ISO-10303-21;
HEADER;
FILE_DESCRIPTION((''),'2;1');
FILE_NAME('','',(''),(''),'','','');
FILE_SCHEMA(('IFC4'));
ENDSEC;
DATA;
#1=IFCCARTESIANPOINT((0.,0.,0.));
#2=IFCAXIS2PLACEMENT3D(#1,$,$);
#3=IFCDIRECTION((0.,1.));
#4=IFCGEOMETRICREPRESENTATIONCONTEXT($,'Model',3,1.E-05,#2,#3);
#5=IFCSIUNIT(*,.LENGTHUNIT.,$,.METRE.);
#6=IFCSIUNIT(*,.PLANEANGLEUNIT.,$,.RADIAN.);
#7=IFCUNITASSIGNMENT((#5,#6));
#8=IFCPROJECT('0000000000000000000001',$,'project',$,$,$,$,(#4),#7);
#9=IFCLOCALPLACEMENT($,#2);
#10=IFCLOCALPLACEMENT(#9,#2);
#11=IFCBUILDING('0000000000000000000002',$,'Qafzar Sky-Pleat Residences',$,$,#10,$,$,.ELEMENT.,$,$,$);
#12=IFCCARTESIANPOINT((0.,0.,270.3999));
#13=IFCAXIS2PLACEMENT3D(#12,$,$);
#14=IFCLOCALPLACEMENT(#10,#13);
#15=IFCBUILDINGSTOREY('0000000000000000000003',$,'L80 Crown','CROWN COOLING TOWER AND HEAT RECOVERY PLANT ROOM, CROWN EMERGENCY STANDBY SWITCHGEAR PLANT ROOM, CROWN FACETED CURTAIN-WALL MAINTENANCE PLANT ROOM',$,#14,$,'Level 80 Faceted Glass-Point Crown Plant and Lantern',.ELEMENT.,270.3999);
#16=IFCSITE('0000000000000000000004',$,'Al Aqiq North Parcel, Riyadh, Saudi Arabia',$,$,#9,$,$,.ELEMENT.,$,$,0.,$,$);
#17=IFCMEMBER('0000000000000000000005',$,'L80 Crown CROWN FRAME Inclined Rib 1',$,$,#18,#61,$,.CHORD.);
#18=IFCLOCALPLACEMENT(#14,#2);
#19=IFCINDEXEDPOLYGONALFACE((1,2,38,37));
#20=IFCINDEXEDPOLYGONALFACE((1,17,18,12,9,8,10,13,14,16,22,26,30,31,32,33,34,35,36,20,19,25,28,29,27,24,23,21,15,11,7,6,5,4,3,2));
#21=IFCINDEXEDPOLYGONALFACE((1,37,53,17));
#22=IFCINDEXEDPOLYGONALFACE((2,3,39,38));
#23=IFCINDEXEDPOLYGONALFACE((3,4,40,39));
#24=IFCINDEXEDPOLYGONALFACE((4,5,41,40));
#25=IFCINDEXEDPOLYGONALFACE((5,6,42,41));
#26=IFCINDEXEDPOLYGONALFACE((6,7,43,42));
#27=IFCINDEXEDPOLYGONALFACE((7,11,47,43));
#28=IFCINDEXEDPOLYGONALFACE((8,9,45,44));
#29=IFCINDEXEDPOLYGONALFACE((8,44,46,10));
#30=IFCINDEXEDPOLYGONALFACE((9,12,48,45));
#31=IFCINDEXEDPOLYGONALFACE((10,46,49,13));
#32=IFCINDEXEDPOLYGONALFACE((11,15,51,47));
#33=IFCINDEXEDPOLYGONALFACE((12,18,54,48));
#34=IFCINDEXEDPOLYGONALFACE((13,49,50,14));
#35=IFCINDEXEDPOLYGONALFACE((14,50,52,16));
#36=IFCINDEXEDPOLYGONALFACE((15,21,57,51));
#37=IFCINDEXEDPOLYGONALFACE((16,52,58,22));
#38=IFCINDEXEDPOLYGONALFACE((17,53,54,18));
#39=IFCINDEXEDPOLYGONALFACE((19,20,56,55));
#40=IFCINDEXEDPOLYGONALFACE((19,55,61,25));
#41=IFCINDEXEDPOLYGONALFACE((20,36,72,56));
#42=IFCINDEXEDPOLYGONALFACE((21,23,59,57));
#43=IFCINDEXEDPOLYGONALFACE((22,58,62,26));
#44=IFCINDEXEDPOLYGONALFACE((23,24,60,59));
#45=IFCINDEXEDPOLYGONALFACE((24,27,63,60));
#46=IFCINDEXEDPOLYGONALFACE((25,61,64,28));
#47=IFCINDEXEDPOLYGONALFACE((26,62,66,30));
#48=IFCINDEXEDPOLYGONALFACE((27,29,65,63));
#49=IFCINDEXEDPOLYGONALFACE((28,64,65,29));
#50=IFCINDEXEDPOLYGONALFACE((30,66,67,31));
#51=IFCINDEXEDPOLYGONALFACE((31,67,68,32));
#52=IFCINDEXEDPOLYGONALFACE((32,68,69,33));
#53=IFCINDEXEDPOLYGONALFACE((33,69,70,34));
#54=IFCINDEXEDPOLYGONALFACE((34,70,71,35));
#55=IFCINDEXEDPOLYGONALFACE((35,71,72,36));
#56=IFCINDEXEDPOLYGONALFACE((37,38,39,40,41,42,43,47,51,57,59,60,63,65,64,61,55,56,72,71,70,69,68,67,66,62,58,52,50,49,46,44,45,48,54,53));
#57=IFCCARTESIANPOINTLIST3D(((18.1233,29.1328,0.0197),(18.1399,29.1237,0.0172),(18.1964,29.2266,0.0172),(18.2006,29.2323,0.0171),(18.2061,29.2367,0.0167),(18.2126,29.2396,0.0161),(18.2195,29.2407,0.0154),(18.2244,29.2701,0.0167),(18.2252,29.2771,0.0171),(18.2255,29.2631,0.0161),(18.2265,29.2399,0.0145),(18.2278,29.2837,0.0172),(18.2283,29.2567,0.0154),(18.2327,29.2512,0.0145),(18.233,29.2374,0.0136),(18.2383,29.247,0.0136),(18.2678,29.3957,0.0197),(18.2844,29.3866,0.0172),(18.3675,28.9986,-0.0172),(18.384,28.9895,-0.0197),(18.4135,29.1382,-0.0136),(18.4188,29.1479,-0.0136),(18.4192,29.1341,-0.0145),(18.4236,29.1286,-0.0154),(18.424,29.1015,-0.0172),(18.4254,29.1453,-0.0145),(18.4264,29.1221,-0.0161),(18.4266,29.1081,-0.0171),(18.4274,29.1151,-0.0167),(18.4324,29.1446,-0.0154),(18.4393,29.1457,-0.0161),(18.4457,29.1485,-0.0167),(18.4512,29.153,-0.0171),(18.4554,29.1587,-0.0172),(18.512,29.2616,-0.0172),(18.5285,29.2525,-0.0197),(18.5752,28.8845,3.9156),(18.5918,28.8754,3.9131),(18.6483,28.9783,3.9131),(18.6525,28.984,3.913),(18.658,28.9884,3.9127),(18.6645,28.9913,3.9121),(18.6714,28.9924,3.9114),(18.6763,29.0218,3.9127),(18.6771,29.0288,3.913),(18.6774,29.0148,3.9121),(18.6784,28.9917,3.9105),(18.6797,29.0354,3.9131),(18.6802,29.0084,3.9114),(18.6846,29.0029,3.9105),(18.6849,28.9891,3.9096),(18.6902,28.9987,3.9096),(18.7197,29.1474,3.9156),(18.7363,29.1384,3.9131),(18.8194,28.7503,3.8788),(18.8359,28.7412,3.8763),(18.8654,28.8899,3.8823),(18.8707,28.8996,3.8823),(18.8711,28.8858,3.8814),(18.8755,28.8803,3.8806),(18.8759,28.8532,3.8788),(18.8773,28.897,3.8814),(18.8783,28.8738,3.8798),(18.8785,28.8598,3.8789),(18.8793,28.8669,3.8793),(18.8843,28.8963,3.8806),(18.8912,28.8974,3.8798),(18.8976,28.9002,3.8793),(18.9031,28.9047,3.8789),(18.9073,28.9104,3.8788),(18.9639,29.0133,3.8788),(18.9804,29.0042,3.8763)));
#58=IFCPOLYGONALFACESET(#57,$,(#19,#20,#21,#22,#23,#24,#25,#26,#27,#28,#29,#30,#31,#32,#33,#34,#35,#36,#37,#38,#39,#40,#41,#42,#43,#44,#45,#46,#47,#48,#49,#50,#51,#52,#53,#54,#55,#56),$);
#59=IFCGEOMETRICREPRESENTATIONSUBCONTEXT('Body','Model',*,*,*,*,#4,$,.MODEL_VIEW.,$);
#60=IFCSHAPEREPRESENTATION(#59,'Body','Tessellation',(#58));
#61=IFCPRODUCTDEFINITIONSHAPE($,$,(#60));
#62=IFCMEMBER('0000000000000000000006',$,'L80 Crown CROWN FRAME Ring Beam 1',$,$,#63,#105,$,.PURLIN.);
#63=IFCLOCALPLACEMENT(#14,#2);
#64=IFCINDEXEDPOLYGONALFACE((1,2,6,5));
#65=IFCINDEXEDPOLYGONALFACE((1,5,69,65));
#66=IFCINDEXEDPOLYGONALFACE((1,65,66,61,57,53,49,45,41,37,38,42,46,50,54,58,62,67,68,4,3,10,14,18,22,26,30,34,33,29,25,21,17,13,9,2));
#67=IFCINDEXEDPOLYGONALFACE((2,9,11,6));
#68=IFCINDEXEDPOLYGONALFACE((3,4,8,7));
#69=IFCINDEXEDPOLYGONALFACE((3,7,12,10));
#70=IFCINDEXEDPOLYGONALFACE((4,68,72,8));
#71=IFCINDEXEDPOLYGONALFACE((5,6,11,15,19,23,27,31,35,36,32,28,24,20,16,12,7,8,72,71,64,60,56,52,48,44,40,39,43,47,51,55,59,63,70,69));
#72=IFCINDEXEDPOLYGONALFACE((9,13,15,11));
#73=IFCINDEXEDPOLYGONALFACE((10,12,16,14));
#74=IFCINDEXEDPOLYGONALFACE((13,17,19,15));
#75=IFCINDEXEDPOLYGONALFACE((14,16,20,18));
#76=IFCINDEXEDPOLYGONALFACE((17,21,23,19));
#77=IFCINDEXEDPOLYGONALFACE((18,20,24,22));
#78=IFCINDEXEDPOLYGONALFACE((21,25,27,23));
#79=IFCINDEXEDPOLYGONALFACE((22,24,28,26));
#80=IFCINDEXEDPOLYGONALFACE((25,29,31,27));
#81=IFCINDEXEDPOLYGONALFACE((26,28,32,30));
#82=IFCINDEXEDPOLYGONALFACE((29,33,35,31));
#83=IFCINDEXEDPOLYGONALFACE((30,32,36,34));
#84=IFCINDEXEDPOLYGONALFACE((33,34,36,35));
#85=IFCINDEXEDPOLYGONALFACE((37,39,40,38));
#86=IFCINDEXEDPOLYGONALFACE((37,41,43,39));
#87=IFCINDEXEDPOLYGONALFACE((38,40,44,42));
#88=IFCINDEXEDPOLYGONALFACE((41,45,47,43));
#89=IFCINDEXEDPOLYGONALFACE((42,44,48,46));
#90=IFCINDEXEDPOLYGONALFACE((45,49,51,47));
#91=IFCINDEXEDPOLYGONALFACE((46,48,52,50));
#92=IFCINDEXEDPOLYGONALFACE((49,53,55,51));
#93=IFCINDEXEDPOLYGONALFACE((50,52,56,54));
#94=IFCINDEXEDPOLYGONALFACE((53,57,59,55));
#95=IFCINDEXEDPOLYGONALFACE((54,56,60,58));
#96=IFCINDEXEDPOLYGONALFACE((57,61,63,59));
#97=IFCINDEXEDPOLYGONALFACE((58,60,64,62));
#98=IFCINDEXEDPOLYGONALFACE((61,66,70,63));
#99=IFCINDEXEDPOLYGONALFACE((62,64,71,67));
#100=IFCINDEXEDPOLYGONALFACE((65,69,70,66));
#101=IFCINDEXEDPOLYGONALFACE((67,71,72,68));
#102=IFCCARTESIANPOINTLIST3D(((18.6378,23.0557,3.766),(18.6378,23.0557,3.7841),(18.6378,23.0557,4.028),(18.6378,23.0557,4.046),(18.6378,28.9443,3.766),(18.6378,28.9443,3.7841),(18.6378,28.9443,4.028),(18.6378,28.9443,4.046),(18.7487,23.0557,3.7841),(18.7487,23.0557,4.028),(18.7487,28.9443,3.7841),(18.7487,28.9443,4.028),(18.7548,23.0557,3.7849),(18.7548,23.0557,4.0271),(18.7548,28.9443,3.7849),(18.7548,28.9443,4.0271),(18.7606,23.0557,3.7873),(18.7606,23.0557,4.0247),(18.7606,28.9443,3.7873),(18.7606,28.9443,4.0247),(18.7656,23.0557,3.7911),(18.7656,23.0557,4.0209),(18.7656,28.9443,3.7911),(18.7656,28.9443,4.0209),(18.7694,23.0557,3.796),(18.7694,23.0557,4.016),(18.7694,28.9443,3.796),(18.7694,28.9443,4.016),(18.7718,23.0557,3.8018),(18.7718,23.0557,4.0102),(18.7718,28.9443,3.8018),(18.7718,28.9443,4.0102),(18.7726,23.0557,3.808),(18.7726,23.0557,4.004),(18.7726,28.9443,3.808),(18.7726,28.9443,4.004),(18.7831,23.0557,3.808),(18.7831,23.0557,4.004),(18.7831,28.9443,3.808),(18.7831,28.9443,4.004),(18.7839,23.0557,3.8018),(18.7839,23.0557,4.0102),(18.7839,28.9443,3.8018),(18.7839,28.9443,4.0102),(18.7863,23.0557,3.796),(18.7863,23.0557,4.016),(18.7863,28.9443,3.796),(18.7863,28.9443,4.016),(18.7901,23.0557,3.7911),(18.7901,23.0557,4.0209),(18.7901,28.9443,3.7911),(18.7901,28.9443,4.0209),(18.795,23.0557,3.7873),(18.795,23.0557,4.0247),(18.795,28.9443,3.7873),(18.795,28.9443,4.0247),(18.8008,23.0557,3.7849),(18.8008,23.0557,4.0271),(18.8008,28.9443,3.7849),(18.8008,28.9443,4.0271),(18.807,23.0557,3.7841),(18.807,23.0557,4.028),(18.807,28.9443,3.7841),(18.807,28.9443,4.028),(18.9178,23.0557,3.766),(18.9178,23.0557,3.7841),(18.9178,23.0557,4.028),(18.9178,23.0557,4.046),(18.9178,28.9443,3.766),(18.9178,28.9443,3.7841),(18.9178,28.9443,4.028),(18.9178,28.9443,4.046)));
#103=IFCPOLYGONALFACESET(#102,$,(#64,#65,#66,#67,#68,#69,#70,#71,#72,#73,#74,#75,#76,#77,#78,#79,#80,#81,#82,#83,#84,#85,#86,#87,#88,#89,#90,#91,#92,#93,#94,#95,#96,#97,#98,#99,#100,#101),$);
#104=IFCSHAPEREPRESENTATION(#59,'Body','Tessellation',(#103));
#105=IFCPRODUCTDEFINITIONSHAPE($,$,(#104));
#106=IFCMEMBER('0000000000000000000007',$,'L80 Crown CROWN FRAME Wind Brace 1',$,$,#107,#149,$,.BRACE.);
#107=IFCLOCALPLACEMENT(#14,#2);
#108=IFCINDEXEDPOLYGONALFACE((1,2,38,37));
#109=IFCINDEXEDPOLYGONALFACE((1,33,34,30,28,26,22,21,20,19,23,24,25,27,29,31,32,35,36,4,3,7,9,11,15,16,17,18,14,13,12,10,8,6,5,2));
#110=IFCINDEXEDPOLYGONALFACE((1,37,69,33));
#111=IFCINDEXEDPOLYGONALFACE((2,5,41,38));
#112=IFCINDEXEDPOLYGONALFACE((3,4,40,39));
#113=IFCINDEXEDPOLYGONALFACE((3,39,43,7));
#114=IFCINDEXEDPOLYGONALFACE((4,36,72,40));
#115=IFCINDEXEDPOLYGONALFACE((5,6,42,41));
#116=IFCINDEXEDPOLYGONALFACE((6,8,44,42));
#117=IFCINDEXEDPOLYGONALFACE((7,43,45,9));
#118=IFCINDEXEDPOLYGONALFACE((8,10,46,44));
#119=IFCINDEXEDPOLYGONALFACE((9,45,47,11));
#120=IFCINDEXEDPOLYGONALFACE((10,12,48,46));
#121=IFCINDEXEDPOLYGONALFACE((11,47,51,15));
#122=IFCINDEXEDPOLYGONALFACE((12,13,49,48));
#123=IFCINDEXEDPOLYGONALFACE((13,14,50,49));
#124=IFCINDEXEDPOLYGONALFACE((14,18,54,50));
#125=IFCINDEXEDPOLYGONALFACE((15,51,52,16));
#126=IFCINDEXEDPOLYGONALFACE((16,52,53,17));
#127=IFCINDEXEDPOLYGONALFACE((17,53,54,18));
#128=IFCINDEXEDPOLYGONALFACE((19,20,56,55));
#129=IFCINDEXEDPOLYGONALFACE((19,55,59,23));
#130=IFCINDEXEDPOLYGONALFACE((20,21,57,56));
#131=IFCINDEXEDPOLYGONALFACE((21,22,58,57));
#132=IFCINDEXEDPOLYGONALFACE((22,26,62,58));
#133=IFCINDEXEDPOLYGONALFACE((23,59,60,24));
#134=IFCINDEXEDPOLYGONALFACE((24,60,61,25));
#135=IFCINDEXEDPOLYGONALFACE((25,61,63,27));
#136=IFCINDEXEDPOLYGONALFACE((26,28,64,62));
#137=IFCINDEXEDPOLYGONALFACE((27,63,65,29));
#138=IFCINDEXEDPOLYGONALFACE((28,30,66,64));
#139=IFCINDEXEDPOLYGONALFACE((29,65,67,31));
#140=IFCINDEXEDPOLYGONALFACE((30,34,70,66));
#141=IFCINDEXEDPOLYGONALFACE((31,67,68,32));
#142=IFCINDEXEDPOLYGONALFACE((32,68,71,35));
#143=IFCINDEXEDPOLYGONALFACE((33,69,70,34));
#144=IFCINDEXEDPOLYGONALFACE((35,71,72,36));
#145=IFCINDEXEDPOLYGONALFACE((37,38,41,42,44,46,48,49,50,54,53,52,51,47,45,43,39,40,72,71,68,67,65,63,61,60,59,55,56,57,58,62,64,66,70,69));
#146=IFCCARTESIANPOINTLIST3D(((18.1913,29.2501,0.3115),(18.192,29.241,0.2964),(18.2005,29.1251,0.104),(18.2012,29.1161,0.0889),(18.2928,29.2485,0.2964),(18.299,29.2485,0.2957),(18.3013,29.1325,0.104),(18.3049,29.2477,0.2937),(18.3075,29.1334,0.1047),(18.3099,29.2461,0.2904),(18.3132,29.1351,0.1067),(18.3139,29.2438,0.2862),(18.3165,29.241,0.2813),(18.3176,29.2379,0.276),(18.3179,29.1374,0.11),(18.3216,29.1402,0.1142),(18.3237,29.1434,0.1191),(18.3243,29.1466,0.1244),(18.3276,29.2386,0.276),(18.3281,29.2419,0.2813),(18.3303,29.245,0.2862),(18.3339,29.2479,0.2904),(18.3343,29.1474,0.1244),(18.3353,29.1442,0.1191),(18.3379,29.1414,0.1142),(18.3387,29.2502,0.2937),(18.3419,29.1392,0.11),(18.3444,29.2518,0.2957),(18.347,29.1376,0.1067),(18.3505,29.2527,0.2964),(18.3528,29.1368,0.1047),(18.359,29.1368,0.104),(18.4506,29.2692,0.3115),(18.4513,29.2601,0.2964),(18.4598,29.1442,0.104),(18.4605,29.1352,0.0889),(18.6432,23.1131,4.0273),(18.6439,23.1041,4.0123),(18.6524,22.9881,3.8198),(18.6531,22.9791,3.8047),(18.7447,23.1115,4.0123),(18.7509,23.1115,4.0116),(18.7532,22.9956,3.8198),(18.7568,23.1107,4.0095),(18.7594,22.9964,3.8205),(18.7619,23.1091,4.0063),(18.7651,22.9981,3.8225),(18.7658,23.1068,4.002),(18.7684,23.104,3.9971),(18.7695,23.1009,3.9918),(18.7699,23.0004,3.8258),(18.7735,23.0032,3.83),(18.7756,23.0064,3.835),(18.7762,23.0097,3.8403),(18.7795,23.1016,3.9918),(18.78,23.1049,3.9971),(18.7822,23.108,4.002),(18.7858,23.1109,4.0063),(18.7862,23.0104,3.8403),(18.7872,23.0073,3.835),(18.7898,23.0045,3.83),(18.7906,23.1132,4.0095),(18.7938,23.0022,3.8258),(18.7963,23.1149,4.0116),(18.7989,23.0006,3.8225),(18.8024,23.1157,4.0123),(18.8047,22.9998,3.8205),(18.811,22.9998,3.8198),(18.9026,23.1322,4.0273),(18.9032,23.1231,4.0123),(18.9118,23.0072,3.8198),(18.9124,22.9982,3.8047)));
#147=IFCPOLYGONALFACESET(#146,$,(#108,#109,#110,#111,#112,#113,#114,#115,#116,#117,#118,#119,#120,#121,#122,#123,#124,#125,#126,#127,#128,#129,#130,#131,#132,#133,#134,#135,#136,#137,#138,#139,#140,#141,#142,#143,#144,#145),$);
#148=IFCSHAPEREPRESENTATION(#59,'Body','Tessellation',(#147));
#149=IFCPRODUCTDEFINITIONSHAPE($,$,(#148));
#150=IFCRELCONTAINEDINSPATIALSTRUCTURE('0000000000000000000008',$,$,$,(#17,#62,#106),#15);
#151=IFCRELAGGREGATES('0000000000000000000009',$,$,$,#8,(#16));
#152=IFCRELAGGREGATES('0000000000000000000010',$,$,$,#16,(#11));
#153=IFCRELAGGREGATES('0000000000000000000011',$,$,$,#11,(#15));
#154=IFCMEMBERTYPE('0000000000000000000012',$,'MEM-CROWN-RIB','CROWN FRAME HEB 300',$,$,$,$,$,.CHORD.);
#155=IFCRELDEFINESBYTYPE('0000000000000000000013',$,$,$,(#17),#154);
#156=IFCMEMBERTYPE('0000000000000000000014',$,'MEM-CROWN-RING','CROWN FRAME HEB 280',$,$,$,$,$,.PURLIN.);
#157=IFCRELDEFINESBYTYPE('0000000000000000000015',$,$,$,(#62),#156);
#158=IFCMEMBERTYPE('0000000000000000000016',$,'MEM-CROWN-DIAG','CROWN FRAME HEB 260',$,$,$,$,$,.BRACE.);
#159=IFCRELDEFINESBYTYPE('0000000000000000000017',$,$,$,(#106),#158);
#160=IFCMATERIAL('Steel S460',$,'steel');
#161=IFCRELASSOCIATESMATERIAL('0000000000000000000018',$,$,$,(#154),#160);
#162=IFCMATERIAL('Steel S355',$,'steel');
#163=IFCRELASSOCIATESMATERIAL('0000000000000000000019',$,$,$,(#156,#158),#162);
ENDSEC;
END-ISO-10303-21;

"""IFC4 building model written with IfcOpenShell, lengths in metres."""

from ifc_helpers import new_model, si_unit, direction, frame, origin, origin_2d, place, context, subcontext, project, spatial, i_section, extrude, source, transform, mapped, material, material_profile, profile_set, type_object, element, save


model = new_model("IFC4")

# Units and contexts
model_context = context("Model", 3, precision=1e-05, world=origin(), true_north=direction((0.0, 1.0)))
body_context = subcontext(model_context, "Body", "Model", "MODEL_VIEW")
ifc_project = project(units=[si_unit("LENGTHUNIT", "METRE"), si_unit("PLANEANGLEUNIT", "RADIAN")], contexts=[model_context])

# Site, building, storey
site_placement = place(None, origin())
site = spatial("IfcSite", under=ifc_project, at=site_placement, Name="Al Aqiq North Parcel, Riyadh, Saudi Arabia", CompositionType="ELEMENT", RefElevation=0.0)
building_placement = place(site_placement, origin())
building = spatial("IfcBuilding", under=site, at=building_placement, Name="Qafzar Sky-Pleat Residences", CompositionType="ELEMENT")
storey_placement = place(building_placement, frame((0.0, 0.0, 270.3999)))
storey = spatial("IfcBuildingStorey", under=building, at=storey_placement, Name="L80 Crown", Description="CROWN COOLING TOWER AND HEAT RECOVERY PLANT ROOM, CROWN EMERGENCY STANDBY SWITCHGEAR PLANT ROOM, CROWN FACETED CURTAIN-WALL MAINTENANCE PLANT ROOM", LongName="Level 80 Faceted Glass-Point Crown Plant and Lantern", CompositionType="ELEMENT", Elevation=270.3999)

# Members
ifc_material_1 = material(Name="Steel S460", Category="steel")
ifc_material_profile_1 = material_profile(ifc_material_1, i_section(OverallWidth=0.3, OverallDepth=0.3, WebThickness=0.011, FlangeThickness=0.019, FilletRadius=0.0271, at=origin_2d()), Name="HEB 300")
ifc_profile_set_1 = profile_set([ifc_material_profile_1], Name="Steel S460")
member_type_1 = type_object("IfcMemberType", Name="MEM-CROWN-RIB", Description="CROWN FRAME HEB 300", PredefinedType="CHORD", material=ifc_profile_set_1)
shared_shape_1 = source(origin(), body_context, "Body", "SweptSolid", [
    extrude(i_section(OverallWidth=0.3, OverallDepth=0.3, WebThickness=0.011, FlangeThickness=0.019, FilletRadius=0.0271, at=origin_2d()), origin(), (0.0, 0.0, 1.0), 3.9299),
])
member_1_placement = place(storey_placement, frame((18.3259, 29.1926, 0.0), z_axis=(0.114989, -0.063179, 0.991356), x_axis=(0.481537, 0.876426, 0.0)))
element("IfcMember", 1, at=member_1_placement, inside=storey, type_object=member_type_1, Name="L80 Crown CROWN FRAME Inclined Rib 1", PredefinedType="CHORD", context=body_context, shape_type="MappedRepresentation", body=[
    mapped(shared_shape_1, transform((0.0, 0.0, 0.0), x_axis=(1.0, 0.0, 0.0), y_axis=(0.0, 1.0, 0.0), z_axis=(0.0, 0.0, 1.0), scale=1.0)),
])
ifc_material_2 = material(Name="Steel S355", Category="steel")
ifc_material_profile_2 = material_profile(ifc_material_2, i_section(OverallWidth=0.28, OverallDepth=0.28, WebThickness=0.0105, FlangeThickness=0.0181, FilletRadius=0.0239, at=origin_2d()), Name="HEB 280")
ifc_profile_set_2 = profile_set([ifc_material_profile_2], Name="Steel S355")
member_type_2 = type_object("IfcMemberType", Name="MEM-CROWN-RING", Description="CROWN FRAME HEB 280", PredefinedType="PURLIN", material=ifc_profile_set_2)
shared_shape_2 = source(origin(), body_context, "Body", "SweptSolid", [
    extrude(i_section(OverallWidth=0.28, OverallDepth=0.28, WebThickness=0.0105, FlangeThickness=0.0181, FilletRadius=0.0239, at=origin_2d()), origin(), (0.0, 0.0, 1.0), 5.8887),
])
member_2_placement = place(storey_placement, frame((18.7778, 28.9443, 3.906), z_axis=(0.0, -1.0, 0.0), x_axis=(1.0, 0.0, 0.0)))
element("IfcMember", 2, at=member_2_placement, inside=storey, type_object=member_type_2, Name="L80 Crown CROWN FRAME Ring Beam 1", PredefinedType="PURLIN", context=body_context, shape_type="MappedRepresentation", body=[
    mapped(shared_shape_2, transform((0.0, 0.0, 0.0), x_axis=(1.0, 0.0, 0.0), y_axis=(0.0, 1.0, 0.0), z_axis=(0.0, 0.0, 1.0), scale=1.0)),
])
ifc_material_profile_3 = material_profile(ifc_material_2, i_section(OverallWidth=0.26, OverallDepth=0.26, WebThickness=0.01, FlangeThickness=0.0176, FilletRadius=0.0239, at=origin_2d()), Name="HEB 260")
ifc_profile_set_3 = profile_set([ifc_material_profile_3], Name="Steel S355")
member_type_3 = type_object("IfcMemberType", Name="MEM-CROWN-DIAG", Description="CROWN FRAME HEB 260", PredefinedType="BRACE", material=ifc_profile_set_3)
shared_shape_3 = source(origin(), body_context, "Body", "SweptSolid", [
    extrude(i_section(OverallWidth=0.26, OverallDepth=0.26, WebThickness=0.01, FlangeThickness=0.0176, FilletRadius=0.0239, at=origin_2d()), origin(), (0.0, 0.0, 1.0), 7.1885),
])
member_3_placement = place(storey_placement, frame((18.3259, 29.1926, 0.2002), z_axis=(0.062865, -0.853725, 0.516915), x_axis=(0.9973, 0.073438, 0.0)))
element("IfcMember", 3, at=member_3_placement, inside=storey, type_object=member_type_3, Name="L80 Crown CROWN FRAME Wind Brace 1", PredefinedType="BRACE", context=body_context, shape_type="MappedRepresentation", body=[
    mapped(shared_shape_3, transform((0.0, 0.0, 0.0), x_axis=(1.0, 0.0, 0.0), y_axis=(0.0, 1.0, 0.0), z_axis=(0.0, 0.0, 1.0), scale=1.0)),
])

save(model, "model.ifc")
